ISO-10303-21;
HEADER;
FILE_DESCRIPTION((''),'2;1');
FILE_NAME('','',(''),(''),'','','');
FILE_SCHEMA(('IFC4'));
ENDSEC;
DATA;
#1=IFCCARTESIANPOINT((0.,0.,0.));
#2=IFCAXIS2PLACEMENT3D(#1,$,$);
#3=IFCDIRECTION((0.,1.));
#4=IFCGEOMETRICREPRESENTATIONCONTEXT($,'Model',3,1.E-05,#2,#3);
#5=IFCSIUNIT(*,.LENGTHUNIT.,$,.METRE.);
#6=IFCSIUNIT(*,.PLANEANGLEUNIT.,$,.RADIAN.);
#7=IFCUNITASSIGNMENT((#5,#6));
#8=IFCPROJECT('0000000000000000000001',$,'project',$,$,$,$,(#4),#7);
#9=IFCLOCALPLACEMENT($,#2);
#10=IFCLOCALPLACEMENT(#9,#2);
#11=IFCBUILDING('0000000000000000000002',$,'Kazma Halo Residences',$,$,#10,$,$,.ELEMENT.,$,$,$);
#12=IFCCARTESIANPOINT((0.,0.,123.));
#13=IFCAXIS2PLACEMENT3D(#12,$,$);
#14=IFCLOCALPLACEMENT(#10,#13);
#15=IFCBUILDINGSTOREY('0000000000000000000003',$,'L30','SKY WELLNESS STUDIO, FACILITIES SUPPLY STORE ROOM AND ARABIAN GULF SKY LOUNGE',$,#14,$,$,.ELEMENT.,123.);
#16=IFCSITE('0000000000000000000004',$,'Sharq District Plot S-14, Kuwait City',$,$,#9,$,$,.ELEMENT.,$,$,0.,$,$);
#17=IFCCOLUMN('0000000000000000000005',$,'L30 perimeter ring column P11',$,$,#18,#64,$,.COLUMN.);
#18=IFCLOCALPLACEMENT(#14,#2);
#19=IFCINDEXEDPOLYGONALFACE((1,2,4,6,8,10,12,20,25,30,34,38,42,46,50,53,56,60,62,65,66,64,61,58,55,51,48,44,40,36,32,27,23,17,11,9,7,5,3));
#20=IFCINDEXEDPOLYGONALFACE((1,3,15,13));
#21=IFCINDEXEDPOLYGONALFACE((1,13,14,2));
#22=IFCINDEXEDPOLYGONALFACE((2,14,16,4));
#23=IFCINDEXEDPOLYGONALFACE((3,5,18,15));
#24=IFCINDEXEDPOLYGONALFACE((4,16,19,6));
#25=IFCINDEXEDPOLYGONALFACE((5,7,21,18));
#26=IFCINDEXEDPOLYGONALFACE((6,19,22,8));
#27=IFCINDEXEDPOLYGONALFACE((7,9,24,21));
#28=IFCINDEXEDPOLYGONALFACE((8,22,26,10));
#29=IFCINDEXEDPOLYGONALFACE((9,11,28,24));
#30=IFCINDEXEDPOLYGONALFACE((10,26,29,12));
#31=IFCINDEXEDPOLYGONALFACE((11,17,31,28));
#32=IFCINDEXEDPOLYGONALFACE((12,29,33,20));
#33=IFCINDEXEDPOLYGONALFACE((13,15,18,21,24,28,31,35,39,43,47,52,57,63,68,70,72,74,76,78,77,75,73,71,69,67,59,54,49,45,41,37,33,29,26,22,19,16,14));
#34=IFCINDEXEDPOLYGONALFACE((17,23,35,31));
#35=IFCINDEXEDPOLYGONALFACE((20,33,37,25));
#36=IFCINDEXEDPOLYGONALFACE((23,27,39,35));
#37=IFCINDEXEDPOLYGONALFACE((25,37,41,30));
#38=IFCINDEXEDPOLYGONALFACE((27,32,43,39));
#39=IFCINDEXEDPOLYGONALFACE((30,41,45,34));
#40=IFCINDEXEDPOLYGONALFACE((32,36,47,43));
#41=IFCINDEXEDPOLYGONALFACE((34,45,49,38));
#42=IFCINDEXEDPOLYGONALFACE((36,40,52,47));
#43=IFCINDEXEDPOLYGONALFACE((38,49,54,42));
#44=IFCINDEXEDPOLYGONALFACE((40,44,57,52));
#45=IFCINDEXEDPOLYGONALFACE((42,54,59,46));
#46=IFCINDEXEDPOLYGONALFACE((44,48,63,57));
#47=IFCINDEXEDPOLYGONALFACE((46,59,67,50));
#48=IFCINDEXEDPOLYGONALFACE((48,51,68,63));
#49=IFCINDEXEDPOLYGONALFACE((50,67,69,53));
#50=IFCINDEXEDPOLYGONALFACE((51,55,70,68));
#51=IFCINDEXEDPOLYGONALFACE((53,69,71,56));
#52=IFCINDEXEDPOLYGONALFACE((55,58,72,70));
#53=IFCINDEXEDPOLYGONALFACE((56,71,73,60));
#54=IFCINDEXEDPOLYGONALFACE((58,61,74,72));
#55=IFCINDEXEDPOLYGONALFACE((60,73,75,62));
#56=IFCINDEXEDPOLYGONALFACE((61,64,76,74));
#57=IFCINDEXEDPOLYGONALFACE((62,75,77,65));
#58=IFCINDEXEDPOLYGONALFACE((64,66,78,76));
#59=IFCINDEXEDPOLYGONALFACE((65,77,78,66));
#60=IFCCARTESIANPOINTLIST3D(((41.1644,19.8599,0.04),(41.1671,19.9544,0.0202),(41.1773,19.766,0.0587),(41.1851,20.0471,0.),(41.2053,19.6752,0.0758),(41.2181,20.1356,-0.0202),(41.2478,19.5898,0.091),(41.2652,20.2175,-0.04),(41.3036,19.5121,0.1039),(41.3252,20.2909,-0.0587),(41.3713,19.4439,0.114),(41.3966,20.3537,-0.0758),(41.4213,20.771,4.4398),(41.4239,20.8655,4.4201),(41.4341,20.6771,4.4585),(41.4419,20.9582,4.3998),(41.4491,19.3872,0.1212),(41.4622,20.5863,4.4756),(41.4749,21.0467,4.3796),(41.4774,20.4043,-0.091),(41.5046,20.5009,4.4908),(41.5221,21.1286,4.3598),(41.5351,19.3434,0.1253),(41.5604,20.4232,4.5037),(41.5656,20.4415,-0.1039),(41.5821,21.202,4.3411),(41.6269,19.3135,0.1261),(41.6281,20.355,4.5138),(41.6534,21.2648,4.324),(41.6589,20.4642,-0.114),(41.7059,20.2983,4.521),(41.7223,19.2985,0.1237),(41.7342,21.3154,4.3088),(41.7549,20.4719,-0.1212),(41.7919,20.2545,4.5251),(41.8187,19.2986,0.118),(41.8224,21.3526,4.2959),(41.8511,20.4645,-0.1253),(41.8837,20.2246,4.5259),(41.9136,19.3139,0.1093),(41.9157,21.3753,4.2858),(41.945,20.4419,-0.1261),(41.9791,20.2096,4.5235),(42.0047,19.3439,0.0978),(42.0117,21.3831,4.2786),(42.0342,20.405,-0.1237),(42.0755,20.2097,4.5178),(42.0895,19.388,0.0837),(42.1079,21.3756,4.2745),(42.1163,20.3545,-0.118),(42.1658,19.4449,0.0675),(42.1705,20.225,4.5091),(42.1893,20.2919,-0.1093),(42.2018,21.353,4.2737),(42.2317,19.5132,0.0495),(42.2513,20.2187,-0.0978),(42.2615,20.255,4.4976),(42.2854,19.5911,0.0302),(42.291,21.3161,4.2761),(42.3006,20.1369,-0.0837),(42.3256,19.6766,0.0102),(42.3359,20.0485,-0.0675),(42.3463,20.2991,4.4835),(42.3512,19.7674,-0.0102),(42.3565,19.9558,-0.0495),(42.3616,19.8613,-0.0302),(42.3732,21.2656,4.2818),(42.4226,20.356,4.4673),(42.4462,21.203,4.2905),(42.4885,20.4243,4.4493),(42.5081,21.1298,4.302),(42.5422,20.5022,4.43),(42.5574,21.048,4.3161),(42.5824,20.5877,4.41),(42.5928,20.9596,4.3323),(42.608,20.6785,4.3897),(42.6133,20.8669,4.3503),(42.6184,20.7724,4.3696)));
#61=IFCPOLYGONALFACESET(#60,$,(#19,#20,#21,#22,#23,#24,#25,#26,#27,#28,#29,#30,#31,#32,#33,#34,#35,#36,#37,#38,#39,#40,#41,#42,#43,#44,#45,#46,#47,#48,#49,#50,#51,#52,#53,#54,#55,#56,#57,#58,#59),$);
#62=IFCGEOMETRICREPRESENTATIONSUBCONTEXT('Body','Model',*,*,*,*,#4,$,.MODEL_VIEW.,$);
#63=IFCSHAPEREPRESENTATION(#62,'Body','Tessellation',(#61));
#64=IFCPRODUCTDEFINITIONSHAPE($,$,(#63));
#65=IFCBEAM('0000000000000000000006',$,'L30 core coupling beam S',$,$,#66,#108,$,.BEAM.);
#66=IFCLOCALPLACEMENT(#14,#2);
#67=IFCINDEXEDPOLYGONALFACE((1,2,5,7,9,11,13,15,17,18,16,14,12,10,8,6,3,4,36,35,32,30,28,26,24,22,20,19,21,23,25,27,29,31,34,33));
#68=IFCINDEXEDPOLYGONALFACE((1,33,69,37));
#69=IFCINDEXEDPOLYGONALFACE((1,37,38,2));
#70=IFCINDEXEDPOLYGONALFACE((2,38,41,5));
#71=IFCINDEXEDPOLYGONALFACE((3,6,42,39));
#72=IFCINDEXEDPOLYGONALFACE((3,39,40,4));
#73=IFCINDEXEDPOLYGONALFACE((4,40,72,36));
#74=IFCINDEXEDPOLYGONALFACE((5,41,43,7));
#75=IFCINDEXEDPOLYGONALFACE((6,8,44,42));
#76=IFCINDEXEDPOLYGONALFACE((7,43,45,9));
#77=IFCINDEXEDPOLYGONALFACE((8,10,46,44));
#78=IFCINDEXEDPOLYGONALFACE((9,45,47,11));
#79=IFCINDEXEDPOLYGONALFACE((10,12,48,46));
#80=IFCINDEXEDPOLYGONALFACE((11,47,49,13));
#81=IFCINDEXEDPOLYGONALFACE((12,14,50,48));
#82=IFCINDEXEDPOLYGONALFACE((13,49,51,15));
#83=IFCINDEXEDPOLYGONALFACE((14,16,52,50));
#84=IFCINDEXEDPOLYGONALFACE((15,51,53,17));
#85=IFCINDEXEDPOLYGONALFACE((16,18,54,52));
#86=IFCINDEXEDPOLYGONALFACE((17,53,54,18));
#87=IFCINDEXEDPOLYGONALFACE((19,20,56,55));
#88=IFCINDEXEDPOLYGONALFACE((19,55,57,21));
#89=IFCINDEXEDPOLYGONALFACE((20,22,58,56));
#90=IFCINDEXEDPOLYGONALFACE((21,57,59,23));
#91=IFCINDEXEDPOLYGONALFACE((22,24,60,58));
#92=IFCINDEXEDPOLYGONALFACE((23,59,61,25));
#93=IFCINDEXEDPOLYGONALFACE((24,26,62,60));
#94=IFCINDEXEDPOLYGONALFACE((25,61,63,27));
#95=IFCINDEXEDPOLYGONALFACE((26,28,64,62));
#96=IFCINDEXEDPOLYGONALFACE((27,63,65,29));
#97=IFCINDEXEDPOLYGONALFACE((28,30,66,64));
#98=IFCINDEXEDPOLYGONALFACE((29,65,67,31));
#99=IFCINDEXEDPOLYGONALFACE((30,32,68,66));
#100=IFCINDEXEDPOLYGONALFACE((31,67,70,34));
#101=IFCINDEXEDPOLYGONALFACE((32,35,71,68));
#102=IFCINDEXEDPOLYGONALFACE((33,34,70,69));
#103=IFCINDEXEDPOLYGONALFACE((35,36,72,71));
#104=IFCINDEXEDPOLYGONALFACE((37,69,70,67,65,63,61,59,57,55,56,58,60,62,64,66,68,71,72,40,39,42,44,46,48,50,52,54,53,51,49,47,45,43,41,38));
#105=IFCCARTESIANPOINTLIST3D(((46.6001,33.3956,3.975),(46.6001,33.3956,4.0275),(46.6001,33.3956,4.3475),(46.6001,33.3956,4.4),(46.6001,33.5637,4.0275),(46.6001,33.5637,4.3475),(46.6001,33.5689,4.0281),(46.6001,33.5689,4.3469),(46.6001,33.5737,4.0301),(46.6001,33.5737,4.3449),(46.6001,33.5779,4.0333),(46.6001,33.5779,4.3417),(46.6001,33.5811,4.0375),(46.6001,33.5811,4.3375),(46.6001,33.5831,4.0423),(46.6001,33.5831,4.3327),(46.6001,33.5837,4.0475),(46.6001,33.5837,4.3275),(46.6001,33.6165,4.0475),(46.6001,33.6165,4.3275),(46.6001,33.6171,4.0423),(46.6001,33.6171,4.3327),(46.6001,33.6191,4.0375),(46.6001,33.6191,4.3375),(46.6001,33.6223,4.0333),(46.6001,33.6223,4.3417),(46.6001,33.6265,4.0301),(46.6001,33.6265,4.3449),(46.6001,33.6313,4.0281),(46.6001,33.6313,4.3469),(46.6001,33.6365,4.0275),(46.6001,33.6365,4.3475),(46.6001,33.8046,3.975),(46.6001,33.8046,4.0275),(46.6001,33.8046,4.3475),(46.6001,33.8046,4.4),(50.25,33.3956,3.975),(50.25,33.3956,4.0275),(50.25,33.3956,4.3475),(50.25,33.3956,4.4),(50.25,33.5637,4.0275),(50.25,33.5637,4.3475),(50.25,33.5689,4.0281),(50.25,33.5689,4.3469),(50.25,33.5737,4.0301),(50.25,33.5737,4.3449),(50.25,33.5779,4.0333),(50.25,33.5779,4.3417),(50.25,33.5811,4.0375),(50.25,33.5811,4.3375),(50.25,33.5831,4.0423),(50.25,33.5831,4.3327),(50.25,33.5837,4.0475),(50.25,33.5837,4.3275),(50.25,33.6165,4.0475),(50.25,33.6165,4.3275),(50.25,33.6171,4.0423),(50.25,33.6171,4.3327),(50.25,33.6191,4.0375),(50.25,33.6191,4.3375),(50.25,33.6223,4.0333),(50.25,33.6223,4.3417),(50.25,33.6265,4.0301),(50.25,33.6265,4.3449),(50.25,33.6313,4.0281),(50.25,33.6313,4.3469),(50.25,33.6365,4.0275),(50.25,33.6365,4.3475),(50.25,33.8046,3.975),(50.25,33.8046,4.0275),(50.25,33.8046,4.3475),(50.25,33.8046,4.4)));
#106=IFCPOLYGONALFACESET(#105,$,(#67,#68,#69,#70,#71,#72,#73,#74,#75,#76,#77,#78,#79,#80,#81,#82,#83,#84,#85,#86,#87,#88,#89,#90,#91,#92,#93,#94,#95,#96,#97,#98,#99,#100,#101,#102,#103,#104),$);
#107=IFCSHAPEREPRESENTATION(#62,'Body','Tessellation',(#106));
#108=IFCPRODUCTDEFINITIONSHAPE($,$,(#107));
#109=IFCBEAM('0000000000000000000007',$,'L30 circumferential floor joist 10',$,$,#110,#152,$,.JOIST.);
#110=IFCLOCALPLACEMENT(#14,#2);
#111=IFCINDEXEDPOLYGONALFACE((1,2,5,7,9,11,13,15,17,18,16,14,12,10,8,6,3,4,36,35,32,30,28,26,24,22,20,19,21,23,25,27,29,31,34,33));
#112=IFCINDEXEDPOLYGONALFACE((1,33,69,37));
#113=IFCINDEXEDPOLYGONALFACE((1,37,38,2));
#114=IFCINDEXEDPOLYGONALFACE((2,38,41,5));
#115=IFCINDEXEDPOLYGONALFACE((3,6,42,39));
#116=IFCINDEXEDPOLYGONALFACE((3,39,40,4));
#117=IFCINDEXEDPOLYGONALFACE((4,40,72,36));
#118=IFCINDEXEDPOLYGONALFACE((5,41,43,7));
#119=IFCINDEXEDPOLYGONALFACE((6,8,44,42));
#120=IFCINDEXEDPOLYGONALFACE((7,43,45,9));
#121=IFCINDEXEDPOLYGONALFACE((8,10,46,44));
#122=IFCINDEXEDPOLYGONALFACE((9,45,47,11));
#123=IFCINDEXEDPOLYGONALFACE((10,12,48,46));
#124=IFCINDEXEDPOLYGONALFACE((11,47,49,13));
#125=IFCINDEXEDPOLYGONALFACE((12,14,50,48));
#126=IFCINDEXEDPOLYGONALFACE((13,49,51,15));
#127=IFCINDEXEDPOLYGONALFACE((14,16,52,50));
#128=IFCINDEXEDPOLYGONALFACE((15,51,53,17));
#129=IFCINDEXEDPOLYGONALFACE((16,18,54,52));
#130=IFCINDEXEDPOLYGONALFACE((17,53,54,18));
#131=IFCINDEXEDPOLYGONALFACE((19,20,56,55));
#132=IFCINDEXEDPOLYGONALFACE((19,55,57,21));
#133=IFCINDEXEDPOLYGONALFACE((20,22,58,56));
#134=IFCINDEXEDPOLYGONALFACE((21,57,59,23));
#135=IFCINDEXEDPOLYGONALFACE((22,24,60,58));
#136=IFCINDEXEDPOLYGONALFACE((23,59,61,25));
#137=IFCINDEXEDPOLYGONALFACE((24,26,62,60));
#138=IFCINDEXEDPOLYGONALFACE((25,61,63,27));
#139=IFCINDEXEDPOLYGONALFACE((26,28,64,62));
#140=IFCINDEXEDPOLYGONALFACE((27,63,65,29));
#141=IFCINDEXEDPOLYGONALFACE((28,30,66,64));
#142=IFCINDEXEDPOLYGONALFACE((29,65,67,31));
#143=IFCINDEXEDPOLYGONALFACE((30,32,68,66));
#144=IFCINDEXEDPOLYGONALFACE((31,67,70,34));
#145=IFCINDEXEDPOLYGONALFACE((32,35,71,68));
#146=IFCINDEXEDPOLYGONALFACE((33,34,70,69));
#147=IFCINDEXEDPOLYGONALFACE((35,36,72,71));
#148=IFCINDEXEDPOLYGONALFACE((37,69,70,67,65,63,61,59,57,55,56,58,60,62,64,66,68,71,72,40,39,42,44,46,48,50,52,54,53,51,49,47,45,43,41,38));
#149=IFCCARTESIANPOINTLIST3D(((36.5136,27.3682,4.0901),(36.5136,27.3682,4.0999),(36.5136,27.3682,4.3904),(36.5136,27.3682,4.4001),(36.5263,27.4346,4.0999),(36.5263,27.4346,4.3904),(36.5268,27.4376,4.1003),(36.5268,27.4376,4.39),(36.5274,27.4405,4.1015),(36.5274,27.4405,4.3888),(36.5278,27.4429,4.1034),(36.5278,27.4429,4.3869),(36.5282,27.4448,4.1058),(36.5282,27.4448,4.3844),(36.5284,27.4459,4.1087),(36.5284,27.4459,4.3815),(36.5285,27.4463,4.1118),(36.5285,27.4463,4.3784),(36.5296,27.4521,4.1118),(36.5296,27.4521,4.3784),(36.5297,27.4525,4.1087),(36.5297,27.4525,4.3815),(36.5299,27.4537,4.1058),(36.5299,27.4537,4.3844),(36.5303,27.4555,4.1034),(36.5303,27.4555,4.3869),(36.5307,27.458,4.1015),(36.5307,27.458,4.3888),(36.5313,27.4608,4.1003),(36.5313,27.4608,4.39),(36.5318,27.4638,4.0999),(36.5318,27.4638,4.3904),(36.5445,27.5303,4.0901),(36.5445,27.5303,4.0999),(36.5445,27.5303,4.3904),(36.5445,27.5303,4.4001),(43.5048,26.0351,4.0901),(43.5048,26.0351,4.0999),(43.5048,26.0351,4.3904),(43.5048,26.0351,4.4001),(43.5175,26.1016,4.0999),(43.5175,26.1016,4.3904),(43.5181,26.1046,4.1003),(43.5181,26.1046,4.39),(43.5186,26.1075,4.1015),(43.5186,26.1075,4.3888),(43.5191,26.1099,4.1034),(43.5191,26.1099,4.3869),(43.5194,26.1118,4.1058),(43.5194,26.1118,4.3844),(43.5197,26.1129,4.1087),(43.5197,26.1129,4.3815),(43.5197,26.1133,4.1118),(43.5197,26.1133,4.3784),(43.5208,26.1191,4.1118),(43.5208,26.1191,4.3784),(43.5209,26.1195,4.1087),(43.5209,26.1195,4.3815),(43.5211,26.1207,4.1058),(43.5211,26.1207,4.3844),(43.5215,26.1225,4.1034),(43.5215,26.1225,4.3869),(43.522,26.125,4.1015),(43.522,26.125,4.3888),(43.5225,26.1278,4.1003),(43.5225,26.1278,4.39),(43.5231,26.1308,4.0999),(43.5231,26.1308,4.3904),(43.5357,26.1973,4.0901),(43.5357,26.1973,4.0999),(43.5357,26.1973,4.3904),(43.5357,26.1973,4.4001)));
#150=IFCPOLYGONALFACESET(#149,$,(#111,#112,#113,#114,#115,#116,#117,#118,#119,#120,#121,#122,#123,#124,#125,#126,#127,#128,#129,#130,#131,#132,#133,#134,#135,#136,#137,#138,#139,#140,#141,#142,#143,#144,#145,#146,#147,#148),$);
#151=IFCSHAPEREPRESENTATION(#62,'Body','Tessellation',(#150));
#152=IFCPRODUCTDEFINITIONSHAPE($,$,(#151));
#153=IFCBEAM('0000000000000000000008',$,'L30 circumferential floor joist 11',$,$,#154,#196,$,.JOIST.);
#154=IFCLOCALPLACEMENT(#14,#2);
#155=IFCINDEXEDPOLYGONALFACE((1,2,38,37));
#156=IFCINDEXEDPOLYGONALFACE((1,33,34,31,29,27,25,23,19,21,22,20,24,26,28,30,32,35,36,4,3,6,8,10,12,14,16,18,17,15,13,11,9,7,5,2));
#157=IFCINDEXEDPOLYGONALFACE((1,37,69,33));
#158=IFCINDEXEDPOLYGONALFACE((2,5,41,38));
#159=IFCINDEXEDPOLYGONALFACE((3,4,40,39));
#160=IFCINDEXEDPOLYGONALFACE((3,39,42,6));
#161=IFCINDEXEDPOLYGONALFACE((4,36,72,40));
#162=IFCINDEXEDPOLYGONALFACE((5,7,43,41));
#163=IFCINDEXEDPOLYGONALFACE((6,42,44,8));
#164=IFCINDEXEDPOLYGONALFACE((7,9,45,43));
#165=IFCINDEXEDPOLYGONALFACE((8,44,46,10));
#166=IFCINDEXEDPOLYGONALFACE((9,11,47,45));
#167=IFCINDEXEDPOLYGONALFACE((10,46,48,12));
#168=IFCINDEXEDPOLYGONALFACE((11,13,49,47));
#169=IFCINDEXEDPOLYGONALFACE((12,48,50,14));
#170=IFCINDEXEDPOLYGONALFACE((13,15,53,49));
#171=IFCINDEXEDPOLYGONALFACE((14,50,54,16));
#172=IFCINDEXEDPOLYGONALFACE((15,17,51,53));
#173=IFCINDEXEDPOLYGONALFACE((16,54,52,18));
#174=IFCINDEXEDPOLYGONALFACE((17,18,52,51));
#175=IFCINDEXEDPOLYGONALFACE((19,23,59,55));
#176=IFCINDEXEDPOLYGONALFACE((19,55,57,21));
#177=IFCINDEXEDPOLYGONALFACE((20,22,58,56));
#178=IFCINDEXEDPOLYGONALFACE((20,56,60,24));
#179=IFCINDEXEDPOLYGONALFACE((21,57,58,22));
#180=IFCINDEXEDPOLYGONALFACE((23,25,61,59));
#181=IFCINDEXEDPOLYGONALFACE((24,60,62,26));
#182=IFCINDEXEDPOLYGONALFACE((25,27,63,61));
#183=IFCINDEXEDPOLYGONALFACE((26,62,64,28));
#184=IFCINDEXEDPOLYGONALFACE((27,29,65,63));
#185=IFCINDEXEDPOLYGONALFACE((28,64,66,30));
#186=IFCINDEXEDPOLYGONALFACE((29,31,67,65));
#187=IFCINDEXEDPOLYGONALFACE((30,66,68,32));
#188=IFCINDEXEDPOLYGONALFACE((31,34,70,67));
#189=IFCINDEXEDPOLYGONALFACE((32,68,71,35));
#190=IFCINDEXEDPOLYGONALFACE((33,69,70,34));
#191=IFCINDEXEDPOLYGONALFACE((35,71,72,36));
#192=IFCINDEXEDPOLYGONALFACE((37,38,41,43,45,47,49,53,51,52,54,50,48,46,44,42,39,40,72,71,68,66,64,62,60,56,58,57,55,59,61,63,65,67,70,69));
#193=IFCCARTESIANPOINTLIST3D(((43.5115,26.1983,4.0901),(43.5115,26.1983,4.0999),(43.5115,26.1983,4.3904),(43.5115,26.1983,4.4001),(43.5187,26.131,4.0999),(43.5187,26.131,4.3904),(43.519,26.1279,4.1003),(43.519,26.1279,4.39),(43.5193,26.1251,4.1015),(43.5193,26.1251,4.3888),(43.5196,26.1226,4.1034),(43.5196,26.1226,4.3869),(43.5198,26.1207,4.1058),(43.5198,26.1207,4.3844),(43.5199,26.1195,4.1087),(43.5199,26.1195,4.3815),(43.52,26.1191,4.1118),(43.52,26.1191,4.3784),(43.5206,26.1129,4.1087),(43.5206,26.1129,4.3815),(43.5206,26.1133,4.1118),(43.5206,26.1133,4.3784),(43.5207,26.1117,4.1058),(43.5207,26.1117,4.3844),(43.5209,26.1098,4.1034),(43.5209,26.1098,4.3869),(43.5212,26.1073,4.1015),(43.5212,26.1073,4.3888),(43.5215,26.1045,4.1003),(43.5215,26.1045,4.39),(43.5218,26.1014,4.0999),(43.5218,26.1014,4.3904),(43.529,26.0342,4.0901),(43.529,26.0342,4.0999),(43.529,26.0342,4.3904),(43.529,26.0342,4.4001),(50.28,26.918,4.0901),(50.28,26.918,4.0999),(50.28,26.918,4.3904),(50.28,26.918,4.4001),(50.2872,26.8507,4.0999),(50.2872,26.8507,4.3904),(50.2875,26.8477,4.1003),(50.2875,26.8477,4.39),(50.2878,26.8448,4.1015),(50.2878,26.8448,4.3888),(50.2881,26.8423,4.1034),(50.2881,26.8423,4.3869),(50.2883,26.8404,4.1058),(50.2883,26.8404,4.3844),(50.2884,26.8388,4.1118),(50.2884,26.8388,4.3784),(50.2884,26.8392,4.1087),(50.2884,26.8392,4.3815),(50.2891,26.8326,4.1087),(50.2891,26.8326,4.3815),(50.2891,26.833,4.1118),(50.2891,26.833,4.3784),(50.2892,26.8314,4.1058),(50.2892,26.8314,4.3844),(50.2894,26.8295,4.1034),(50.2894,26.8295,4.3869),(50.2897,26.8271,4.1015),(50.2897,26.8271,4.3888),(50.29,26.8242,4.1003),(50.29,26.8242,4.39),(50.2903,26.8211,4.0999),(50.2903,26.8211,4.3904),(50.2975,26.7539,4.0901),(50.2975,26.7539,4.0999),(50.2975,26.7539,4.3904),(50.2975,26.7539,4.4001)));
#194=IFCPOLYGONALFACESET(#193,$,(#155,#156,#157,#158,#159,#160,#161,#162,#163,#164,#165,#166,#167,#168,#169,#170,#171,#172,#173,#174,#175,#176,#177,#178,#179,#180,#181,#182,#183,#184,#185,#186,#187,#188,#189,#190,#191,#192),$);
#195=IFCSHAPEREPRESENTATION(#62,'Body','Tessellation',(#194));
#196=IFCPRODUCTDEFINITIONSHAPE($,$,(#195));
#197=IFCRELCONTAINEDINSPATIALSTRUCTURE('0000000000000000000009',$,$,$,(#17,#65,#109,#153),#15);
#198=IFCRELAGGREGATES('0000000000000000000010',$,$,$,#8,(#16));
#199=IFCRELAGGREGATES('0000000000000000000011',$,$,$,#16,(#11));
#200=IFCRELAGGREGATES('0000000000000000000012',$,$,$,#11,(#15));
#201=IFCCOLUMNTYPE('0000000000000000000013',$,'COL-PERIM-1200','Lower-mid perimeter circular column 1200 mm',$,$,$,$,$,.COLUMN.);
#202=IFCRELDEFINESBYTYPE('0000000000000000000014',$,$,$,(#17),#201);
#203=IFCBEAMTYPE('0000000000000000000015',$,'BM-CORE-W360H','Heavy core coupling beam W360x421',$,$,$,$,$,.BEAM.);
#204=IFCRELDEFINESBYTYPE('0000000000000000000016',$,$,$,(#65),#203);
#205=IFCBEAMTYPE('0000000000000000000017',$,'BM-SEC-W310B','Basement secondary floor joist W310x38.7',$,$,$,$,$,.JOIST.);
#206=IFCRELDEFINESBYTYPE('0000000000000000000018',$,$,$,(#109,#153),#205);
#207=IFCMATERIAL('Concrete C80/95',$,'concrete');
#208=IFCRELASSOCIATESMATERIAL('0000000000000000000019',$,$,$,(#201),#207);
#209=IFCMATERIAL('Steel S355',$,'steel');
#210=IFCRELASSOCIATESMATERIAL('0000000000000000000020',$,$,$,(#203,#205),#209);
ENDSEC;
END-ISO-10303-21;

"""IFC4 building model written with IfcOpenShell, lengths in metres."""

from ifc_helpers import new_model, si_unit, direction, frame, origin, origin_2d, place, context, subcontext, project, spatial, circle, i_section, extrude, material, material_profile, profile_set, type_object, element, save


model = new_model("IFC4")

# Units and contexts
model_context = context("Model", 3, precision=1e-05, world=origin(), true_north=direction((0.0, 1.0)))
body_context = subcontext(model_context, "Body", "Model", "MODEL_VIEW")
ifc_project = project(units=[si_unit("LENGTHUNIT", "METRE"), si_unit("PLANEANGLEUNIT", "RADIAN")], contexts=[model_context])

# Site, building, storey
site_placement = place(None, origin())
site = spatial("IfcSite", under=ifc_project, at=site_placement, Name="Sharq District Plot S-14, Kuwait City", CompositionType="ELEMENT", RefElevation=0.0)
building_placement = place(site_placement, origin())
building = spatial("IfcBuilding", under=site, at=building_placement, Name="Kazma Halo Residences", CompositionType="ELEMENT")
storey_placement = place(building_placement, frame((0.0, 0.0, 123.0)))
storey = spatial("IfcBuildingStorey", under=building, at=storey_placement, Name="L30", Description="SKY WELLNESS STUDIO, FACILITIES SUPPLY STORE ROOM AND ARABIAN GULF SKY LOUNGE", CompositionType="ELEMENT", Elevation=123.0)

# Column
ifc_material_1 = material(Name="Concrete C80/95", Category="concrete")
ifc_material_profile_1 = material_profile(ifc_material_1, circle(Radius=0.6001, at=origin_2d()), Name="CIRC1200")
ifc_profile_set_1 = profile_set([ifc_material_profile_1], Name="Concrete C80/95")
column_type = type_object("IfcColumnType", Name="COL-PERIM-1200", Description="Lower-mid perimeter circular column 1200 mm", PredefinedType="COLUMN", material=ifc_profile_set_1)
column_placement = place(storey_placement, frame((41.7627, 19.8843, 0.0), z_axis=(0.057067, 0.202448, 0.977629), x_axis=(-0.962491, 0.271313, 0.0)))
element("IfcColumn", 1, at=column_placement, inside=storey, type_object=column_type, Name="L30 perimeter ring column P11", PredefinedType="COLUMN", context=body_context, shape_type="SweptSolid", body=[
    extrude(circle(Radius=0.6001, at=origin_2d()), origin(), (0.0, 0.0, 1.0), 4.5005),
])

# Beams
ifc_material_2 = material(Name="Steel S355", Category="steel")
ifc_material_profile_2 = material_profile(ifc_material_2, i_section(OverallWidth=0.4089, OverallDepth=0.425, WebThickness=0.0327, FlangeThickness=0.0525, FilletRadius=0.02, at=origin_2d()), Name="W360x421")
ifc_profile_set_2 = profile_set([ifc_material_profile_2], Name="Steel S355")
beam_type_1 = type_object("IfcBeamType", Name="BM-CORE-W360H", Description="Heavy core coupling beam W360x421", PredefinedType="BEAM", material=ifc_profile_set_2)
beam_1_placement = place(storey_placement, frame((46.6001, 33.6001, 4.1875), z_axis=(1.0, 0.0, 0.0), x_axis=(0.0, 1.0, 0.0)))
element("IfcBeam", 2, at=beam_1_placement, inside=storey, type_object=beam_type_1, Name="L30 core coupling beam S", PredefinedType="BEAM", context=body_context, shape_type="SweptSolid", body=[
    extrude(i_section(OverallWidth=0.4089, OverallDepth=0.425, WebThickness=0.0327, FlangeThickness=0.0525, FilletRadius=0.02, at=origin_2d()), origin(), (0.0, 0.0, 1.0), 3.6499),
])
ifc_material_profile_3 = material_profile(ifc_material_2, i_section(OverallWidth=0.165, OverallDepth=0.3101, WebThickness=0.0059, FlangeThickness=0.0098, FilletRadius=0.012, at=origin_2d()), Name="W310x38.7")
ifc_profile_set_3 = profile_set([ifc_material_profile_3], Name="Steel S355")
beam_type_2 = type_object("IfcBeamType", Name="BM-SEC-W310B", Description="Basement secondary floor joist W310x38.7", PredefinedType="JOIST", material=ifc_profile_set_3)
beam_2_placement = place(storey_placement, frame((36.5291, 27.4492, 4.2451), z_axis=(0.982304, -0.187295, 0.0), x_axis=(0.187295, 0.982304, 0.0)))
element("IfcBeam", 3, at=beam_2_placement, inside=storey, type_object=beam_type_2, Name="L30 circumferential floor joist 10", PredefinedType="JOIST", context=body_context, shape_type="SweptSolid", body=[
    extrude(i_section(OverallWidth=0.165, OverallDepth=0.3101, WebThickness=0.0059, FlangeThickness=0.0098, FilletRadius=0.012, at=origin_2d()), origin(), (0.0, 0.0, 1.0), 7.1172),
])
beam_3_placement = place(storey_placement, frame((43.5203, 26.1162, 4.2451), z_axis=(0.994394, 0.105738, 0.0), x_axis=(-0.105738, 0.994394, 0.0)))
element("IfcBeam", 4, at=beam_3_placement, inside=storey, type_object=beam_type_2, Name="L30 circumferential floor joist 11", PredefinedType="JOIST", context=body_context, shape_type="SweptSolid", body=[
    extrude(i_section(OverallWidth=0.165, OverallDepth=0.3101, WebThickness=0.0059, FlangeThickness=0.0098, FilletRadius=0.012, at=origin_2d()), origin(), (0.0, 0.0, 1.0), 6.8066),
])

save(model, "model.ifc")
